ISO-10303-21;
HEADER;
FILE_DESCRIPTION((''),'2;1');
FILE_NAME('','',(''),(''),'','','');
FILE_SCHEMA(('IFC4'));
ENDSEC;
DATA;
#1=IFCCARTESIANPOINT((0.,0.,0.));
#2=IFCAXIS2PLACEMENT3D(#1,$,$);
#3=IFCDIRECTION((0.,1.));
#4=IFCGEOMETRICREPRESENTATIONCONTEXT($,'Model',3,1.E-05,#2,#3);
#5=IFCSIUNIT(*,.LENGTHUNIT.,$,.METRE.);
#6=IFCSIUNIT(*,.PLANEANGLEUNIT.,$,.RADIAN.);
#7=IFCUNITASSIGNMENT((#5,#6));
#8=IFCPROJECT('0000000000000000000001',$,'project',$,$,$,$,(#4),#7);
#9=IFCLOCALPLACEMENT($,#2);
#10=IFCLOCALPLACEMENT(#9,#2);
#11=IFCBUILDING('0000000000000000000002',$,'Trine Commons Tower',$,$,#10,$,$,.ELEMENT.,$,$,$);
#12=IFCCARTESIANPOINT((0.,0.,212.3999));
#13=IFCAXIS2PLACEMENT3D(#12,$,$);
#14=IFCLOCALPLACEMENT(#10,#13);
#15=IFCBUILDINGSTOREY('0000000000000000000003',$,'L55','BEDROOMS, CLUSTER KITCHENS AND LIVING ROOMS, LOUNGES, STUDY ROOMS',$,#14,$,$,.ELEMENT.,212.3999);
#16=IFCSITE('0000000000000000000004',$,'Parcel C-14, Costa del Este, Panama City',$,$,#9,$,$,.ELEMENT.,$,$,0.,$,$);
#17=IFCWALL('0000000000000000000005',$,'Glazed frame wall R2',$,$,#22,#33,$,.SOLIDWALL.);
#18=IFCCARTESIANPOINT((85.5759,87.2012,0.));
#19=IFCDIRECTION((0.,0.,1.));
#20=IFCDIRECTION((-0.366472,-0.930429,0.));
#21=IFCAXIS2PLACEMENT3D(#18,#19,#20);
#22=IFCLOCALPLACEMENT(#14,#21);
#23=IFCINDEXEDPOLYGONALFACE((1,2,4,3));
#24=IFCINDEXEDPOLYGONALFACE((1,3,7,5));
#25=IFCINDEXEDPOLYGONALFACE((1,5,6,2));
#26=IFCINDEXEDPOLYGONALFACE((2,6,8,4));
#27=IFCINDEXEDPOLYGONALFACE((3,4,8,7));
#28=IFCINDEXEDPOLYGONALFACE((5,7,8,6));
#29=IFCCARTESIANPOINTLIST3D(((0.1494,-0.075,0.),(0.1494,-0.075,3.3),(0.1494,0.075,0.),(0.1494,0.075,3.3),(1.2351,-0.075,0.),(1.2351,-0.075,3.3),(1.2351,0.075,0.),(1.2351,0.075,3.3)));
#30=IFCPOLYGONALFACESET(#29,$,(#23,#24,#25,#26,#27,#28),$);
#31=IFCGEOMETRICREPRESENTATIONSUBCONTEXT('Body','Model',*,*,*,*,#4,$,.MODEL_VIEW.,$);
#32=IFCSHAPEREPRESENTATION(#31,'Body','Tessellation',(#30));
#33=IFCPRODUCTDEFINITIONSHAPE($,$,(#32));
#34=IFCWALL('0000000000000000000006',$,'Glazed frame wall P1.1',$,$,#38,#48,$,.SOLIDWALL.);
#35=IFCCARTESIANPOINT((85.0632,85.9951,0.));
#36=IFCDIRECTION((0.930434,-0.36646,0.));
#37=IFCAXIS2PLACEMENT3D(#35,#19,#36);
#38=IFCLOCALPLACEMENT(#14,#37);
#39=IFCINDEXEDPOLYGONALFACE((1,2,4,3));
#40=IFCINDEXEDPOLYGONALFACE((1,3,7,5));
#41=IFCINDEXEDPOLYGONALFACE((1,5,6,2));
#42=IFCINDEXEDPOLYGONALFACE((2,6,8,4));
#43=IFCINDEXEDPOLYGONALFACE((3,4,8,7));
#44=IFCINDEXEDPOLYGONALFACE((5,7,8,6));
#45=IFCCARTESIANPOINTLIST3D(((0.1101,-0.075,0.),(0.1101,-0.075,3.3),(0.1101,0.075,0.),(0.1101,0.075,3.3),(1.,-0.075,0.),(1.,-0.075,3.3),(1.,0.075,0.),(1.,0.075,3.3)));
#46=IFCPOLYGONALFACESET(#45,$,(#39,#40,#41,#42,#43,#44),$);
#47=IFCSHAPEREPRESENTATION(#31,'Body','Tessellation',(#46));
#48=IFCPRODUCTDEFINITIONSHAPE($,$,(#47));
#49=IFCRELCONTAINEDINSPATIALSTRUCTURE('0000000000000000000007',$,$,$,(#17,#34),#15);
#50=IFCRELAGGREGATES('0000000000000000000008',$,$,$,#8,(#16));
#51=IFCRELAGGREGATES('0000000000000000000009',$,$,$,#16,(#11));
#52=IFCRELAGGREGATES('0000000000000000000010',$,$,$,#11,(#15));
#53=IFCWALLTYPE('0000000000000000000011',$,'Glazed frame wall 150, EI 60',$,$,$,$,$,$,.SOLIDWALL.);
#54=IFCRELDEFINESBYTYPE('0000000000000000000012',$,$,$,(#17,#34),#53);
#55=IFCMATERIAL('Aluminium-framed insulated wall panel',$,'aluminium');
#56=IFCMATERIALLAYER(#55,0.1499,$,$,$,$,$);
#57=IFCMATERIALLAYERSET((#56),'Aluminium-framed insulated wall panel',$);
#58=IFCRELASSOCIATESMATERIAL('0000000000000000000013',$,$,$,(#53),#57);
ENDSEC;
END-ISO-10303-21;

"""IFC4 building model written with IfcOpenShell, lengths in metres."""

from ifc_helpers import new_model, si_unit, direction, frame, origin, place, context, subcontext, project, spatial, polyline, outline, extrude, material, layer, layer_set, type_object, element, save


model = new_model("IFC4")

# Units and contexts
model_context = context("Model", 3, precision=1e-05, world=origin(), true_north=direction((0.0, 1.0)))
body_context = subcontext(model_context, "Body", "Model", "MODEL_VIEW")
ifc_project = project(units=[si_unit("LENGTHUNIT", "METRE"), si_unit("PLANEANGLEUNIT", "RADIAN")], contexts=[model_context])

# Site, building, storey
site_placement = place(None, origin())
site = spatial("IfcSite", under=ifc_project, at=site_placement, Name="Parcel C-14, Costa del Este, Panama City", CompositionType="ELEMENT", RefElevation=0.0)
building_placement = place(site_placement, origin())
building = spatial("IfcBuilding", under=site, at=building_placement, Name="Trine Commons Tower", CompositionType="ELEMENT")
storey_placement = place(building_placement, frame((0.0, 0.0, 212.3999)))
storey = spatial("IfcBuildingStorey", under=building, at=storey_placement, Name="L55", Description="BEDROOMS, CLUSTER KITCHENS AND LIVING ROOMS, LOUNGES, STUDY ROOMS", CompositionType="ELEMENT", Elevation=212.3999)

# Walls
ifc_material_1 = material(Name="Aluminium-framed insulated wall panel", Category="aluminium")
ifc_layer_1 = layer(ifc_material_1, 0.1499)
ifc_layer_set_1 = layer_set([ifc_layer_1], Name="Aluminium-framed insulated wall panel")
wall_type_1 = type_object("IfcWallType", Name="Glazed frame wall 150, EI 60", PredefinedType="SOLIDWALL", material=ifc_layer_set_1)
wall_1_placement = place(storey_placement, frame((85.5759, 87.2012, 0.0), z_axis=(0.0, 0.0, 1.0), x_axis=(-0.366472, -0.930429, 0.0)))
element("IfcWall", 1, at=wall_1_placement, inside=storey, type_object=wall_type_1, Name="Glazed frame wall R2", PredefinedType="SOLIDWALL", context=body_context, shape_type="SweptSolid", body=[
    extrude(outline(polyline([(0.1494, 0.075), (0.1494, -0.075), (1.2351, -0.075), (1.2351, 0.075), (0.1494, 0.075)])), origin(), (0.0, 0.0, 1.0), 3.3),
])
wall_2_placement = place(storey_placement, frame((85.0632, 85.9951, 0.0), z_axis=(0.0, 0.0, 1.0), x_axis=(0.930434, -0.36646, 0.0)))
element("IfcWall", 2, at=wall_2_placement, inside=storey, type_object=wall_type_1, Name="Glazed frame wall P1.1", PredefinedType="SOLIDWALL", context=body_context, shape_type="SweptSolid", body=[
    extrude(outline(polyline([(0.1101, -0.075), (1.0, -0.075), (1.0, 0.075), (0.1101, 0.075), (0.1101, -0.075)])), origin(), (0.0, 0.0, 1.0), 3.3),
])

save(model, "model.ifc")
